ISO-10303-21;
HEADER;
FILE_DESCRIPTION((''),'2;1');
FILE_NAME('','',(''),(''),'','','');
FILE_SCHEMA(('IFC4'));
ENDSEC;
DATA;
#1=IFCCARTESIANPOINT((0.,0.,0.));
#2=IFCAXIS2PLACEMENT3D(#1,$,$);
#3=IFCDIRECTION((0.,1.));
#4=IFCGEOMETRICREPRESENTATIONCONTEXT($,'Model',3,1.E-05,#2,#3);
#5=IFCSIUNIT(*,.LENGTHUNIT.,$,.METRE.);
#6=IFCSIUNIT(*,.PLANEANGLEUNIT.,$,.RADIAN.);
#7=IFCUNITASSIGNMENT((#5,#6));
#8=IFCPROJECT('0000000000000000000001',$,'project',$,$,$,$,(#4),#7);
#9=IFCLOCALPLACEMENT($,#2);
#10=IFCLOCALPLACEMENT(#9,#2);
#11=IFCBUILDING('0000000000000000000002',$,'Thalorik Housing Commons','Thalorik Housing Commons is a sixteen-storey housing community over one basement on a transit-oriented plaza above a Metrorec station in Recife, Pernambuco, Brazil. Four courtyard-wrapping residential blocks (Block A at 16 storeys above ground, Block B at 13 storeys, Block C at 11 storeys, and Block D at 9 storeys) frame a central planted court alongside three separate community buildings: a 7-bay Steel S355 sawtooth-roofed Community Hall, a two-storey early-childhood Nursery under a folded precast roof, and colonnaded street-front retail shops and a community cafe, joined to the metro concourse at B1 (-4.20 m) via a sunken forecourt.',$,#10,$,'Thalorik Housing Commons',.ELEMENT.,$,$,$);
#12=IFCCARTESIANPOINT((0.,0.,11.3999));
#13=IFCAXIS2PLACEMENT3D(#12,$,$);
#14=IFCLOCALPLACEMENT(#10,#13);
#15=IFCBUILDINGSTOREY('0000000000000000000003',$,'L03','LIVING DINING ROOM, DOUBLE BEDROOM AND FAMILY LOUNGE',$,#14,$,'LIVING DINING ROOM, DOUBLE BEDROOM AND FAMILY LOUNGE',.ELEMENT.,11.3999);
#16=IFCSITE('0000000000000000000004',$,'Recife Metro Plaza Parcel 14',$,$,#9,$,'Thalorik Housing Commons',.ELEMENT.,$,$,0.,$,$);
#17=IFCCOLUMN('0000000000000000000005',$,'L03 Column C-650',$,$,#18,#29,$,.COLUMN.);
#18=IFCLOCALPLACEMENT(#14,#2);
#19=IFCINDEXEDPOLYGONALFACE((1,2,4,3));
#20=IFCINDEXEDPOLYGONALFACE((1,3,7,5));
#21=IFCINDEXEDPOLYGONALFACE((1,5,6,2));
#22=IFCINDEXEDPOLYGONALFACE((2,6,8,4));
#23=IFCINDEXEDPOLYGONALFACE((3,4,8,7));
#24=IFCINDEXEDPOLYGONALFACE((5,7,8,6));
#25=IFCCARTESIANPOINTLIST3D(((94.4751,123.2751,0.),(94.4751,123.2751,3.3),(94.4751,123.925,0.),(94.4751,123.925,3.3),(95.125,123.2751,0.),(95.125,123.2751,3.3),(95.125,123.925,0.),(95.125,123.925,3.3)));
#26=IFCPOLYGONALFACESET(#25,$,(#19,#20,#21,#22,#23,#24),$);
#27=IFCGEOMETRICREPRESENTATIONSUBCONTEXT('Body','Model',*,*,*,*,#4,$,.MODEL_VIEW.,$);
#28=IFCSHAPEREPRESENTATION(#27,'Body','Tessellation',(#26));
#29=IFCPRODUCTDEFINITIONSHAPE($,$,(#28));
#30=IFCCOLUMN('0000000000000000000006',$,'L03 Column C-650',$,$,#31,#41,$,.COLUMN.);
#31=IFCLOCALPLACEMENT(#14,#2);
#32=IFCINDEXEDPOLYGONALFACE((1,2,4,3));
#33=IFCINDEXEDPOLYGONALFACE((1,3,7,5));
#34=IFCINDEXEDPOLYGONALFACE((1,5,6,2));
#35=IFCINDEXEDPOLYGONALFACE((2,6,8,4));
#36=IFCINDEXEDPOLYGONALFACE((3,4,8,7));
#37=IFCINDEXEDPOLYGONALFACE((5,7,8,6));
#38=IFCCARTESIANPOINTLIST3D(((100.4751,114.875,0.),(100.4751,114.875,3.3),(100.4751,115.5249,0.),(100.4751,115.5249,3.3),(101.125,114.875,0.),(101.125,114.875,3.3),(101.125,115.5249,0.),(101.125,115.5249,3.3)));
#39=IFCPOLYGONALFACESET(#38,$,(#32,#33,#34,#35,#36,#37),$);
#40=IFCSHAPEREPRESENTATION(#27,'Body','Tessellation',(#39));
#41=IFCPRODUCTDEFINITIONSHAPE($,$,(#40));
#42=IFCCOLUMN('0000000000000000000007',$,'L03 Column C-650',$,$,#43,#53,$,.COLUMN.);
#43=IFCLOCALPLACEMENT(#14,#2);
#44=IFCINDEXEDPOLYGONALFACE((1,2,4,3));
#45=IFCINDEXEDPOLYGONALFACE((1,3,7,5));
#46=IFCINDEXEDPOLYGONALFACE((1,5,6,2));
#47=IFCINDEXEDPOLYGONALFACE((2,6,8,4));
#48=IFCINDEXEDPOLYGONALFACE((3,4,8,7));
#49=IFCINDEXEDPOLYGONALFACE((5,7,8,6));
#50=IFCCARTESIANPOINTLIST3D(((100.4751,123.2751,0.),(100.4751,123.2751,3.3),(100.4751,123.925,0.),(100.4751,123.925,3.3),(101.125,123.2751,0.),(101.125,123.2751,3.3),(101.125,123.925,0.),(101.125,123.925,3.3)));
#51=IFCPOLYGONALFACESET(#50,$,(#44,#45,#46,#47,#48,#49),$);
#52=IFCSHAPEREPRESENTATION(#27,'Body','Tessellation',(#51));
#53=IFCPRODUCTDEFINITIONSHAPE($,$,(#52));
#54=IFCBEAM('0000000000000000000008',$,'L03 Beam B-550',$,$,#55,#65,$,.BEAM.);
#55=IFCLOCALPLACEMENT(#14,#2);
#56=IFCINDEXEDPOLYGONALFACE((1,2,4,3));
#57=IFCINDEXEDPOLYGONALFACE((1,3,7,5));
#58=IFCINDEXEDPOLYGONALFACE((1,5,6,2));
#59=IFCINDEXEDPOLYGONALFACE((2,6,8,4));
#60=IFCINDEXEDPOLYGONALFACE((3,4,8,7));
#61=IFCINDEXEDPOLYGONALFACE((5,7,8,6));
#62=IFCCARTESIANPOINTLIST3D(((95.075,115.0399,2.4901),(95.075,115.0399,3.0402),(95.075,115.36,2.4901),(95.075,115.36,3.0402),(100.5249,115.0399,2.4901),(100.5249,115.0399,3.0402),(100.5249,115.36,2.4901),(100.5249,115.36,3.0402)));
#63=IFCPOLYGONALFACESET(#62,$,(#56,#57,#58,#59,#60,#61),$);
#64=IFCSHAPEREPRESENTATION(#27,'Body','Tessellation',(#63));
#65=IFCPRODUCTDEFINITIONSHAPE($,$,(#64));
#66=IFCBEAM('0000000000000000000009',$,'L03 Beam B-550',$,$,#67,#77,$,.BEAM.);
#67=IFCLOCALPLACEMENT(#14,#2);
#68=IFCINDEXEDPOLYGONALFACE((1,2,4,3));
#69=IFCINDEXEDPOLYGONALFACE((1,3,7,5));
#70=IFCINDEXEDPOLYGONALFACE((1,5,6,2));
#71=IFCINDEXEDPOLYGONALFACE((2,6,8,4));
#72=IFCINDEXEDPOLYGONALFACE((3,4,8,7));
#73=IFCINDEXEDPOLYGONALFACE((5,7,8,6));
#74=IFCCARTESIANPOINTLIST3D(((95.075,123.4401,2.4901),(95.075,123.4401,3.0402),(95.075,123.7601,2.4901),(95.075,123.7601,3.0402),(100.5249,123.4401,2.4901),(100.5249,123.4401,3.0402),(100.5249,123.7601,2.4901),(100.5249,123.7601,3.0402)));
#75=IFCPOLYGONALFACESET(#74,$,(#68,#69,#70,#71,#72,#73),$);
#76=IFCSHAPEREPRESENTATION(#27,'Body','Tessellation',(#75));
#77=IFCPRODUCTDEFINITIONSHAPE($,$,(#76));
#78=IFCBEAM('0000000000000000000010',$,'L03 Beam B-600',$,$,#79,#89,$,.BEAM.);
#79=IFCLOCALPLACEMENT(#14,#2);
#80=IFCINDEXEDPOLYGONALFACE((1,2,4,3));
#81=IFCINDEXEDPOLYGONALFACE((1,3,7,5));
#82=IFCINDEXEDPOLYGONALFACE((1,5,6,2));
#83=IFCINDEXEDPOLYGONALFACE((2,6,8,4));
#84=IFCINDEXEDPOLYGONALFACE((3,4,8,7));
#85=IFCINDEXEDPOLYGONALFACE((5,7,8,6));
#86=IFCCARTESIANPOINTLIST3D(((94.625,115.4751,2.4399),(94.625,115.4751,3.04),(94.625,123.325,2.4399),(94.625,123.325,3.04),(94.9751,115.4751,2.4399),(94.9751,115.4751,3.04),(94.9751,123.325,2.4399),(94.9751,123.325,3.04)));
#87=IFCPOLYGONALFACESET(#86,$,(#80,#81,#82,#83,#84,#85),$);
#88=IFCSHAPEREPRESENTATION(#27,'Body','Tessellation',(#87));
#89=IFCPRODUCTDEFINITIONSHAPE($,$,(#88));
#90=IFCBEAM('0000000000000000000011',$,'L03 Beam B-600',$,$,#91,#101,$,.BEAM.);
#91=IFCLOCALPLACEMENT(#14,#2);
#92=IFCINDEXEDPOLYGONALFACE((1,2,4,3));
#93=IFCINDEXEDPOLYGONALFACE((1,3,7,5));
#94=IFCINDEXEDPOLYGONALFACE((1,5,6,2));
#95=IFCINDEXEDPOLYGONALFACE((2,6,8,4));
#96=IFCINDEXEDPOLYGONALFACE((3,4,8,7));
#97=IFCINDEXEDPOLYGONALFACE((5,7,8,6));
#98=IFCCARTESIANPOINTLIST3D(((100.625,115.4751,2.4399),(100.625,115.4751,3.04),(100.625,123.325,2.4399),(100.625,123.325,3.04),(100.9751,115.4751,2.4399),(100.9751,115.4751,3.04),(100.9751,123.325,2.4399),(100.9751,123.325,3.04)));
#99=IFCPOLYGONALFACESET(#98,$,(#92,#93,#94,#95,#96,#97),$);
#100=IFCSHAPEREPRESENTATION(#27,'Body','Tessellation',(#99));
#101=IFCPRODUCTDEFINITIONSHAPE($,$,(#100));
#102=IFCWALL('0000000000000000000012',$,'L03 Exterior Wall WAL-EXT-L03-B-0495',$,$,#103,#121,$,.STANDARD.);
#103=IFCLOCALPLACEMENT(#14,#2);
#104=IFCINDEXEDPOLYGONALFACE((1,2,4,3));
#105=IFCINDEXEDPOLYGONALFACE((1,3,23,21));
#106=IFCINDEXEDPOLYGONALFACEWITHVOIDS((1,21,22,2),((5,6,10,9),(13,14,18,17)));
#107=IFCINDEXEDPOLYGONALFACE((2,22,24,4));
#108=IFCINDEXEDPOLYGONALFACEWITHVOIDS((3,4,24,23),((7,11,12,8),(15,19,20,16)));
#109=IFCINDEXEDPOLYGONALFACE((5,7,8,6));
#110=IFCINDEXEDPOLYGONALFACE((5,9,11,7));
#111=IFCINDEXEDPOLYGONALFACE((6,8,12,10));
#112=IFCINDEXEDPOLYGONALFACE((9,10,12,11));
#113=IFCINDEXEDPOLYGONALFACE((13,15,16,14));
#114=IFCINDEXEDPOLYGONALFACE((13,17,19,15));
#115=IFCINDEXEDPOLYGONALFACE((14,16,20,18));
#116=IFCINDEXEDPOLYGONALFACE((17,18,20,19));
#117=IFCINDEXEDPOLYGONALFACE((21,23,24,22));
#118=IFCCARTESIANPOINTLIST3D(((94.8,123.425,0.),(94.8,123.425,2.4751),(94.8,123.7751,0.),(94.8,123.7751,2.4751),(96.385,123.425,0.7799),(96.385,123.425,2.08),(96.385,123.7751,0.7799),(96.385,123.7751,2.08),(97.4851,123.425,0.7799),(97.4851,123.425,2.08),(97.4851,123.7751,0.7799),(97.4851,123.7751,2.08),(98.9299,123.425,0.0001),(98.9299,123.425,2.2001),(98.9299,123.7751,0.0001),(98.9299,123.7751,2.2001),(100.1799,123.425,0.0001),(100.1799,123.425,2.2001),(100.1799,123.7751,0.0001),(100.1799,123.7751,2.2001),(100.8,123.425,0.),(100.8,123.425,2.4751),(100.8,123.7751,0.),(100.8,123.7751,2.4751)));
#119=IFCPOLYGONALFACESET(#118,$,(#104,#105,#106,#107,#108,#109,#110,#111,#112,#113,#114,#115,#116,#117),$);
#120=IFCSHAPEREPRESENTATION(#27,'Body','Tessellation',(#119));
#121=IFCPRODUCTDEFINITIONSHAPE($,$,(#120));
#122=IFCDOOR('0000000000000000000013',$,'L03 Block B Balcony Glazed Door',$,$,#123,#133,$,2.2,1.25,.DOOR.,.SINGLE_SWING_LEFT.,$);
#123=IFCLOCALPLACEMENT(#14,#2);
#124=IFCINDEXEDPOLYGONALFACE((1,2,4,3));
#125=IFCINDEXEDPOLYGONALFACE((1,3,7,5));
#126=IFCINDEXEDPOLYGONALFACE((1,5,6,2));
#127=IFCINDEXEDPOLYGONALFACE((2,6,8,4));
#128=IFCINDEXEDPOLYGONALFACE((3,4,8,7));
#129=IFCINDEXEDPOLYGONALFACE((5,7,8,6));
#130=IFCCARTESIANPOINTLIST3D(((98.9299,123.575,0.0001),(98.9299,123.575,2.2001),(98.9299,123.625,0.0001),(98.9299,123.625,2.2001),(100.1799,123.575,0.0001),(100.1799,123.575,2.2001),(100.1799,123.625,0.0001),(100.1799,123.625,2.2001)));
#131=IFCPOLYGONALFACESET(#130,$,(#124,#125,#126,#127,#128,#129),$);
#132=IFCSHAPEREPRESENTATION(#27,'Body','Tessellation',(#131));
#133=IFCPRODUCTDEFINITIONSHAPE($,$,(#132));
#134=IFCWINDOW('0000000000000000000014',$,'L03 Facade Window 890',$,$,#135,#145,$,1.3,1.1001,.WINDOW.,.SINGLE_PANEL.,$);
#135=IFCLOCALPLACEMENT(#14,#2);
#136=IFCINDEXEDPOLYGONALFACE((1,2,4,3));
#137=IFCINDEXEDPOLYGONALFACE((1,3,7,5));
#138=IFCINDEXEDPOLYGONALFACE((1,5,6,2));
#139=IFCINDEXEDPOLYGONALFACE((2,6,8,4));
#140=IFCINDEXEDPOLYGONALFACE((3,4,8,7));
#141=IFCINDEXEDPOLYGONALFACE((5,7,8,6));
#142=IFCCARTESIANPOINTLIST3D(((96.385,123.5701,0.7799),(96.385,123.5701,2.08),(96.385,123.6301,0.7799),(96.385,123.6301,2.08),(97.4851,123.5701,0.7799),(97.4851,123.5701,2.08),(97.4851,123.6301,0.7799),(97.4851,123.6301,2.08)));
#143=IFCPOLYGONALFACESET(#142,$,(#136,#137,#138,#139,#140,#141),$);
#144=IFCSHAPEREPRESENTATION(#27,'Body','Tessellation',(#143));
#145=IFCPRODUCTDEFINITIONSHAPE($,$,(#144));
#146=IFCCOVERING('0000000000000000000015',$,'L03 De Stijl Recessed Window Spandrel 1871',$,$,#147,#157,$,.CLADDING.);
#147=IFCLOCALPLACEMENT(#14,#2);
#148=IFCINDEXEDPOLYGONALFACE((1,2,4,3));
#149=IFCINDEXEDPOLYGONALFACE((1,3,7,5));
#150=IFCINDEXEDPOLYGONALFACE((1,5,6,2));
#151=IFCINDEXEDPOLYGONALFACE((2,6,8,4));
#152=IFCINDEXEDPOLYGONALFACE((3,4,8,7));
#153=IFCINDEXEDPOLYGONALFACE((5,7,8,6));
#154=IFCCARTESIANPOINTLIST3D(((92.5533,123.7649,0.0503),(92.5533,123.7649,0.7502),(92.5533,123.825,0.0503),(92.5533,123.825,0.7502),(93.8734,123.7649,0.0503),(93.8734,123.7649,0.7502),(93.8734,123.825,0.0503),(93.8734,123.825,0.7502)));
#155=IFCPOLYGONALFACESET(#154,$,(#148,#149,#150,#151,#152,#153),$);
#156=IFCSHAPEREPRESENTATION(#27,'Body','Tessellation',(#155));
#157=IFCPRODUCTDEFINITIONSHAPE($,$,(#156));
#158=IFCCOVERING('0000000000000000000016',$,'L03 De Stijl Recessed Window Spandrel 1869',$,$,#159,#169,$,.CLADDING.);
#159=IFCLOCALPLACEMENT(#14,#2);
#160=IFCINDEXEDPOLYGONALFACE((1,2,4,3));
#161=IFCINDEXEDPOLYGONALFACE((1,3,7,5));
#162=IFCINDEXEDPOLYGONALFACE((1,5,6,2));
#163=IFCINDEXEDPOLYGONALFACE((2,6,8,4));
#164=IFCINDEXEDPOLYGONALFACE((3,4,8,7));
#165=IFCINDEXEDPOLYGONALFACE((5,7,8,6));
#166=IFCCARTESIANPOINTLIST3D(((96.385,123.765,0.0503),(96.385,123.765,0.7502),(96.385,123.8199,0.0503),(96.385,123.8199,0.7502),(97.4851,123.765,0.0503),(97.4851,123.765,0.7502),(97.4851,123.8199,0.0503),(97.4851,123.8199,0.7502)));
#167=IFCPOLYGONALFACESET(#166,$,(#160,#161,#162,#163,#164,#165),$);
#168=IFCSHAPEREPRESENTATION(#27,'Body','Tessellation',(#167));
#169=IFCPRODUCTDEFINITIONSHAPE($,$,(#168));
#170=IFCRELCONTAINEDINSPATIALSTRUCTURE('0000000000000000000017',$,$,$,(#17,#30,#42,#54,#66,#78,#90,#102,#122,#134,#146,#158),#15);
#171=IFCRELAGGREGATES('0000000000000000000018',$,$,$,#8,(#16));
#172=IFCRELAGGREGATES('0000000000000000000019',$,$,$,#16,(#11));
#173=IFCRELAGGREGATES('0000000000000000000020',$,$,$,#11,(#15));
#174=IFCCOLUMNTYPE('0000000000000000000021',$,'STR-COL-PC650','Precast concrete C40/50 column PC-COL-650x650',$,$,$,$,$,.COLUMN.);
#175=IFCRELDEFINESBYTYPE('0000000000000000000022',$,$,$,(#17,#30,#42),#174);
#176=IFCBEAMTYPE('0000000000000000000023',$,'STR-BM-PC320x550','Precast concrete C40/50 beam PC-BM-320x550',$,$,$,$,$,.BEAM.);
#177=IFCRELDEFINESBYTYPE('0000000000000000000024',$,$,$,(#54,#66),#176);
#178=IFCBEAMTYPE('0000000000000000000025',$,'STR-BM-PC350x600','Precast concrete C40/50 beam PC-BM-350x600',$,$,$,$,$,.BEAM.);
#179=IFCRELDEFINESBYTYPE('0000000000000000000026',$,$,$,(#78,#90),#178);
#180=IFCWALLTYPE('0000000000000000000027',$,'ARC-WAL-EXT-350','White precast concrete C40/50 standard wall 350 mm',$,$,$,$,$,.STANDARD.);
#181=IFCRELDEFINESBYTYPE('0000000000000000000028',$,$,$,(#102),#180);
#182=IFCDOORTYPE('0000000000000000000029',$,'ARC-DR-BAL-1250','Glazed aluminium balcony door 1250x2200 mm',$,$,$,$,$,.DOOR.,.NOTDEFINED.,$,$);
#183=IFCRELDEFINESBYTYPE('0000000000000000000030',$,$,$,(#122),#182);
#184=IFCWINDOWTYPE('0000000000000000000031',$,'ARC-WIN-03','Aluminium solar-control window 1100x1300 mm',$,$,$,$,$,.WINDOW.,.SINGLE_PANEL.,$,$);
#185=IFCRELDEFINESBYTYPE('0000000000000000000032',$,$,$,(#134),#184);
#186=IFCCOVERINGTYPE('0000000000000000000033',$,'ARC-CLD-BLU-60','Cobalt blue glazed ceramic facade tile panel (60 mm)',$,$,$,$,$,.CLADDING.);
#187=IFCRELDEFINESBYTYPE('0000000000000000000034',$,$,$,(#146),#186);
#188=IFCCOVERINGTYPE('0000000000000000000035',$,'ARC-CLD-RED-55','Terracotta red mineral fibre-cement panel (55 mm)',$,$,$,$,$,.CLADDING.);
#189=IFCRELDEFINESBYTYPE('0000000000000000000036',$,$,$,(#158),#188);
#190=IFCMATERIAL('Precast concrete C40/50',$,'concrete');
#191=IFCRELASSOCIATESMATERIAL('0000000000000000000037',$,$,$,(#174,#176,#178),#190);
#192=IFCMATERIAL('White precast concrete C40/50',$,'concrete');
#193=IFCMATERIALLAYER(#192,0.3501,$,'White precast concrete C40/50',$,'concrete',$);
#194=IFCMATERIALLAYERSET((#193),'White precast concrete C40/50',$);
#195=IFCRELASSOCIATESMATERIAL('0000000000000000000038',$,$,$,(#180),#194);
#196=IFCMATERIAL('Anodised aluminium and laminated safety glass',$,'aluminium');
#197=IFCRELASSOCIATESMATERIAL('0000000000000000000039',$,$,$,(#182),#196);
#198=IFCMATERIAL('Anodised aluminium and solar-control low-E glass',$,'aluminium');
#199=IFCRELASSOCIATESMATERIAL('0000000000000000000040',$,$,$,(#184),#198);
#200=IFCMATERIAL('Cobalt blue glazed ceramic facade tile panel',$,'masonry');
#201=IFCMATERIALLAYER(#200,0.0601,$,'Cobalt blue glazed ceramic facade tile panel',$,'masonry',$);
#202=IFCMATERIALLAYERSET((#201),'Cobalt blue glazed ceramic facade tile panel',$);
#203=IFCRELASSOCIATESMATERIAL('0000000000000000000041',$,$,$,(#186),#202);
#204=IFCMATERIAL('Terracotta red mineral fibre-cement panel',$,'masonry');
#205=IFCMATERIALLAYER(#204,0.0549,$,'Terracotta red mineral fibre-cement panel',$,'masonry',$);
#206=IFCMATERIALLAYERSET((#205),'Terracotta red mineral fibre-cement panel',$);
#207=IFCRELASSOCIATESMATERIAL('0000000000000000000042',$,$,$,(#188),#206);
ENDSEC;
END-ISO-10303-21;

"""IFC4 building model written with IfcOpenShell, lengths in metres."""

from ifc_helpers import new_model, si_unit, direction, frame, frame_2d, origin, origin_2d, place, context, subcontext, project, spatial, rectangle, extrude, material, layer, layer_set, material_profile, profile_set, type_object, element, fill, save


model = new_model("IFC4")

# Units and contexts
model_context = context("Model", 3, precision=1e-05, world=origin(), true_north=direction((0.0, 1.0)))
body_context = subcontext(model_context, "Body", "Model", "MODEL_VIEW")
ifc_project = project(units=[si_unit("LENGTHUNIT", "METRE"), si_unit("PLANEANGLEUNIT", "RADIAN")], contexts=[model_context])

# Site, building, storey
site_placement = place(None, origin())
site = spatial("IfcSite", under=ifc_project, at=site_placement, Name="Recife Metro Plaza Parcel 14", LongName="Thalorik Housing Commons", CompositionType="ELEMENT", RefElevation=0.0)
building_placement = place(site_placement, origin())
building = spatial("IfcBuilding", under=site, at=building_placement, Name="Thalorik Housing Commons", Description="Thalorik Housing Commons is a sixteen-storey housing community over one basement on a transit-oriented plaza above a Metrorec station in Recife, Pernambuco, Brazil. Four courtyard-wrapping residential blocks (Block A at 16 storeys above ground, Block B at 13 storeys, Block C at 11 storeys, and Block D at 9 storeys) frame a central planted court alongside three separate community buildings: a 7-bay Steel S355 sawtooth-roofed Community Hall, a two-storey early-childhood Nursery under a folded precast roof, and colonnaded street-front retail shops and a community cafe, joined to the metro concourse at B1 (-4.20 m) via a sunken forecourt.", LongName="Thalorik Housing Commons", CompositionType="ELEMENT")
storey_placement = place(building_placement, frame((0.0, 0.0, 11.3999)))
storey = spatial("IfcBuildingStorey", under=building, at=storey_placement, Name="L03", Description="LIVING DINING ROOM, DOUBLE BEDROOM AND FAMILY LOUNGE", LongName="LIVING DINING ROOM, DOUBLE BEDROOM AND FAMILY LOUNGE", CompositionType="ELEMENT", Elevation=11.3999)

# Columns
ifc_material_1 = material(Name="Precast concrete C40/50", Category="concrete")
ifc_material_profile_1 = material_profile(ifc_material_1, rectangle(XDim=0.6499, YDim=0.6499, at=origin_2d()), Name="PC 650x650", Category="concrete")
ifc_profile_set_1 = profile_set([ifc_material_profile_1], Name="Precast concrete C40/50")
column_type = type_object("IfcColumnType", Name="STR-COL-PC650", Description="Precast concrete C40/50 column PC-COL-650x650", PredefinedType="COLUMN", material=ifc_profile_set_1)
for number, where, z_axis, x_axis, name in (
    (1, (94.8, 123.6001, 0.0), (0.0, 0.0, 1.0), (1.0, 0.0, 0.0), "L03 Column C-650"),
    (2, (100.8, 115.2, 0.0), (0.0, 0.0, 1.0), (1.0, 0.0, 0.0), "L03 Column C-650"),
    (3, (100.8, 123.6001, 0.0), (0.0, 0.0, 1.0), (1.0, 0.0, 0.0), "L03 Column C-650"),
):
    element("IfcColumn", number, at=place(storey_placement, frame(where, z_axis=z_axis, x_axis=x_axis)), inside=storey, type_object=column_type, Name=name, PredefinedType="COLUMN", context=body_context, shape_type="SweptSolid", body=[
        extrude(rectangle(XDim=0.6499, YDim=0.6499, at=origin_2d()), origin(), (0.0, 0.0, 1.0), 3.3),
    ])

# Beams
ifc_material_profile_2 = material_profile(ifc_material_1, rectangle(XDim=0.3201, YDim=0.55, at=origin_2d()), Name="PC 320x550", Category="concrete")
ifc_profile_set_2 = profile_set([ifc_material_profile_2], Name="Precast concrete C40/50")
beam_type_1 = type_object("IfcBeamType", Name="STR-BM-PC320x550", Description="Precast concrete C40/50 beam PC-BM-320x550", PredefinedType="BEAM", material=ifc_profile_set_2)
for number, where, z_axis, x_axis, name in (
    (4, (95.075, 115.2, 2.7651), (1.0, 0.0, 0.0), (0.0, 1.0, 0.0), "L03 Beam B-550"),
    (5, (95.075, 123.6001, 2.7651), (1.0, 0.0, 0.0), (0.0, 1.0, 0.0), "L03 Beam B-550"),
):
    element("IfcBeam", number, at=place(storey_placement, frame(where, z_axis=z_axis, x_axis=x_axis)), inside=storey, type_object=beam_type_1, Name=name, PredefinedType="BEAM", context=body_context, shape_type="SweptSolid", body=[
        extrude(rectangle(XDim=0.3201, YDim=0.55, at=origin_2d()), origin(), (0.0, 0.0, 1.0), 5.45),
    ])
ifc_material_profile_3 = material_profile(ifc_material_1, rectangle(XDim=0.3501, YDim=0.6001, at=origin_2d()), Name="PC 350x600", Category="concrete")
ifc_profile_set_3 = profile_set([ifc_material_profile_3], Name="Precast concrete C40/50")
beam_type_2 = type_object("IfcBeamType", Name="STR-BM-PC350x600", Description="Precast concrete C40/50 beam PC-BM-350x600", PredefinedType="BEAM", material=ifc_profile_set_3)
for number, where, z_axis, x_axis, name in (
    (6, (94.8, 115.4751, 2.74), (0.0, 1.0, 0.0), (-1.0, 0.0, 0.0), "L03 Beam B-600"),
    (7, (100.8, 115.4751, 2.74), (0.0, 1.0, 0.0), (-1.0, 0.0, 0.0), "L03 Beam B-600"),
):
    element("IfcBeam", number, at=place(storey_placement, frame(where, z_axis=z_axis, x_axis=x_axis)), inside=storey, type_object=beam_type_2, Name=name, PredefinedType="BEAM", context=body_context, shape_type="SweptSolid", body=[
        extrude(rectangle(XDim=0.3501, YDim=0.6001, at=origin_2d()), origin(), (0.0, 0.0, 1.0), 7.8499),
    ])

# Wall, openings, door, window
ifc_material_2 = material(Name="White precast concrete C40/50", Category="concrete")
ifc_layer_1 = layer(ifc_material_2, 0.3501, Name="White precast concrete C40/50", Category="concrete")
ifc_layer_set_1 = layer_set([ifc_layer_1], Name="White precast concrete C40/50")
wall_type = type_object("IfcWallType", Name="ARC-WAL-EXT-350", Description="White precast concrete C40/50 standard wall 350 mm", PredefinedType="STANDARD", material=ifc_layer_set_1)
wall_1_placement = place(storey_placement, frame((100.8, 123.6001, 0.0), z_axis=(0.0, 0.0, 1.0), x_axis=(-1.0, 0.0, 0.0)))
wall_1 = element("IfcWall", 8, at=wall_1_placement, inside=storey, type_object=wall_type, Name="L03 Exterior Wall WAL-EXT-L03-B-0495", PredefinedType="STANDARD", context=body_context, shape_type="SweptSolid", body=[
    extrude(rectangle(XDim=6.0, YDim=0.3501, at=frame_2d((3.0, 0.0))), origin(), (0.0, 0.0, 1.0), 2.4751),
])
opening_1_placement = place(wall_1_placement, frame((0.6201, 0.0, 0.0)))
opening_1 = element("IfcOpeningElement", 9, at=opening_1_placement, cuts=wall_1, PredefinedType="OPENING", context=body_context, shape_type="SweptSolid", body=[
    extrude(rectangle(XDim=1.25, YDim=2.2, at=frame_2d((0.625, 1.1001))), frame((0.0, 0.1851, 0.0), z_axis=(0.0, -1.0, 0.0), x_axis=(1.0, 0.0, 0.0)), (0.0, 0.0, 1.0), 0.3701),
])
opening_2_placement = place(wall_1_placement, frame((3.3149, 0.0, 0.78)))
opening_2 = element("IfcOpeningElement", 10, at=opening_2_placement, cuts=wall_1, PredefinedType="OPENING", context=body_context, shape_type="SweptSolid", body=[
    extrude(rectangle(XDim=1.1001, YDim=1.3, at=frame_2d((0.55, 0.6499))), frame((0.0, 0.1851, 0.0), z_axis=(0.0, -1.0, 0.0), x_axis=(1.0, 0.0, 0.0)), (0.0, 0.0, 1.0), 0.3701),
])
ifc_material_3 = material(Name="Anodised aluminium and laminated safety glass", Category="aluminium")
door_type_1 = type_object("IfcDoorType", Name="ARC-DR-BAL-1250", Description="Glazed aluminium balcony door 1250x2200 mm", OperationType="NOTDEFINED", PredefinedType="DOOR", material=ifc_material_3)
door_1_placement = place(opening_1_placement, frame((1.25, 0.0, 0.0), z_axis=(0.0, 0.0, 1.0), x_axis=(-1.0, 0.0, 0.0)))
door_1 = element("IfcDoor", 11, at=door_1_placement, inside=storey, type_object=door_type_1, Name="L03 Block B Balcony Glazed Door", OperationType="SINGLE_SWING_LEFT", OverallHeight=2.2, OverallWidth=1.25, PredefinedType="DOOR", context=body_context, shape_type="SweptSolid", body=[
    extrude(rectangle(XDim=1.25, YDim=2.2, at=frame_2d((0.625, 1.1001))), frame((0.0, 0.0249, 0.0), z_axis=(0.0, -1.0, 0.0), x_axis=(1.0, 0.0, 0.0)), (0.0, 0.0, 1.0), 0.05),
])
fill(opening_1, door_1)
ifc_material_4 = material(Name="Anodised aluminium and solar-control low-E glass", Category="aluminium")
window_type_1 = type_object("IfcWindowType", Name="ARC-WIN-03", Description="Aluminium solar-control window 1100x1300 mm", PartitioningType="SINGLE_PANEL", PredefinedType="WINDOW", material=ifc_material_4)
window_1_placement = place(opening_2_placement, origin())
window_1 = element("IfcWindow", 12, at=window_1_placement, inside=storey, type_object=window_type_1, Name="L03 Facade Window 890", OverallHeight=1.3, OverallWidth=1.1001, PartitioningType="SINGLE_PANEL", PredefinedType="WINDOW", context=body_context, shape_type="SweptSolid", body=[
    extrude(rectangle(XDim=1.1001, YDim=1.3, at=frame_2d((0.55, 0.6499))), frame((0.0, 0.03, 0.0), z_axis=(0.0, -1.0, 0.0), x_axis=(1.0, 0.0, 0.0)), (0.0, 0.0, 1.0), 0.0601),
])
fill(opening_2, window_1)

# Coverings
ifc_material_5 = material(Name="Cobalt blue glazed ceramic facade tile panel", Category="masonry")
ifc_layer_2 = layer(ifc_material_5, 0.0601, Name="Cobalt blue glazed ceramic facade tile panel", Category="masonry")
ifc_layer_set_2 = layer_set([ifc_layer_2], Name="Cobalt blue glazed ceramic facade tile panel")
covering_type_1 = type_object("IfcCoveringType", Name="ARC-CLD-BLU-60", Description="Cobalt blue glazed ceramic facade tile panel (60 mm)", PredefinedType="CLADDING", material=ifc_layer_set_2)
covering_1_placement = place(storey_placement, frame((93.2134, 123.7949, 0.0503), z_axis=(0.0, 0.0, 1.0), x_axis=(-1.0, 0.0, 0.0)))
element("IfcCovering", 13, at=covering_1_placement, inside=storey, type_object=covering_type_1, Name="L03 De Stijl Recessed Window Spandrel 1871", PredefinedType="CLADDING", context=body_context, shape_type="SweptSolid", body=[
    extrude(rectangle(XDim=1.3201, YDim=0.0601, at=origin_2d()), origin(), (0.0, 0.0, 1.0), 0.7),
])
ifc_material_6 = material(Name="Terracotta red mineral fibre-cement panel", Category="masonry")
ifc_layer_3 = layer(ifc_material_6, 0.0549, Name="Terracotta red mineral fibre-cement panel", Category="masonry")
ifc_layer_set_3 = layer_set([ifc_layer_3], Name="Terracotta red mineral fibre-cement panel")
covering_type_2 = type_object("IfcCoveringType", Name="ARC-CLD-RED-55", Description="Terracotta red mineral fibre-cement panel (55 mm)", PredefinedType="CLADDING", material=ifc_layer_set_3)
covering_2_placement = place(storey_placement, frame((96.9351, 123.7925, 0.0503), z_axis=(0.0, 0.0, 1.0), x_axis=(-1.0, 0.0, 0.0)))
element("IfcCovering", 14, at=covering_2_placement, inside=storey, type_object=covering_type_2, Name="L03 De Stijl Recessed Window Spandrel 1869", PredefinedType="CLADDING", context=body_context, shape_type="SweptSolid", body=[
    extrude(rectangle(XDim=1.1001, YDim=0.0549, at=origin_2d()), origin(), (0.0, 0.0, 1.0), 0.7),
])

save(model, "model.ifc")
